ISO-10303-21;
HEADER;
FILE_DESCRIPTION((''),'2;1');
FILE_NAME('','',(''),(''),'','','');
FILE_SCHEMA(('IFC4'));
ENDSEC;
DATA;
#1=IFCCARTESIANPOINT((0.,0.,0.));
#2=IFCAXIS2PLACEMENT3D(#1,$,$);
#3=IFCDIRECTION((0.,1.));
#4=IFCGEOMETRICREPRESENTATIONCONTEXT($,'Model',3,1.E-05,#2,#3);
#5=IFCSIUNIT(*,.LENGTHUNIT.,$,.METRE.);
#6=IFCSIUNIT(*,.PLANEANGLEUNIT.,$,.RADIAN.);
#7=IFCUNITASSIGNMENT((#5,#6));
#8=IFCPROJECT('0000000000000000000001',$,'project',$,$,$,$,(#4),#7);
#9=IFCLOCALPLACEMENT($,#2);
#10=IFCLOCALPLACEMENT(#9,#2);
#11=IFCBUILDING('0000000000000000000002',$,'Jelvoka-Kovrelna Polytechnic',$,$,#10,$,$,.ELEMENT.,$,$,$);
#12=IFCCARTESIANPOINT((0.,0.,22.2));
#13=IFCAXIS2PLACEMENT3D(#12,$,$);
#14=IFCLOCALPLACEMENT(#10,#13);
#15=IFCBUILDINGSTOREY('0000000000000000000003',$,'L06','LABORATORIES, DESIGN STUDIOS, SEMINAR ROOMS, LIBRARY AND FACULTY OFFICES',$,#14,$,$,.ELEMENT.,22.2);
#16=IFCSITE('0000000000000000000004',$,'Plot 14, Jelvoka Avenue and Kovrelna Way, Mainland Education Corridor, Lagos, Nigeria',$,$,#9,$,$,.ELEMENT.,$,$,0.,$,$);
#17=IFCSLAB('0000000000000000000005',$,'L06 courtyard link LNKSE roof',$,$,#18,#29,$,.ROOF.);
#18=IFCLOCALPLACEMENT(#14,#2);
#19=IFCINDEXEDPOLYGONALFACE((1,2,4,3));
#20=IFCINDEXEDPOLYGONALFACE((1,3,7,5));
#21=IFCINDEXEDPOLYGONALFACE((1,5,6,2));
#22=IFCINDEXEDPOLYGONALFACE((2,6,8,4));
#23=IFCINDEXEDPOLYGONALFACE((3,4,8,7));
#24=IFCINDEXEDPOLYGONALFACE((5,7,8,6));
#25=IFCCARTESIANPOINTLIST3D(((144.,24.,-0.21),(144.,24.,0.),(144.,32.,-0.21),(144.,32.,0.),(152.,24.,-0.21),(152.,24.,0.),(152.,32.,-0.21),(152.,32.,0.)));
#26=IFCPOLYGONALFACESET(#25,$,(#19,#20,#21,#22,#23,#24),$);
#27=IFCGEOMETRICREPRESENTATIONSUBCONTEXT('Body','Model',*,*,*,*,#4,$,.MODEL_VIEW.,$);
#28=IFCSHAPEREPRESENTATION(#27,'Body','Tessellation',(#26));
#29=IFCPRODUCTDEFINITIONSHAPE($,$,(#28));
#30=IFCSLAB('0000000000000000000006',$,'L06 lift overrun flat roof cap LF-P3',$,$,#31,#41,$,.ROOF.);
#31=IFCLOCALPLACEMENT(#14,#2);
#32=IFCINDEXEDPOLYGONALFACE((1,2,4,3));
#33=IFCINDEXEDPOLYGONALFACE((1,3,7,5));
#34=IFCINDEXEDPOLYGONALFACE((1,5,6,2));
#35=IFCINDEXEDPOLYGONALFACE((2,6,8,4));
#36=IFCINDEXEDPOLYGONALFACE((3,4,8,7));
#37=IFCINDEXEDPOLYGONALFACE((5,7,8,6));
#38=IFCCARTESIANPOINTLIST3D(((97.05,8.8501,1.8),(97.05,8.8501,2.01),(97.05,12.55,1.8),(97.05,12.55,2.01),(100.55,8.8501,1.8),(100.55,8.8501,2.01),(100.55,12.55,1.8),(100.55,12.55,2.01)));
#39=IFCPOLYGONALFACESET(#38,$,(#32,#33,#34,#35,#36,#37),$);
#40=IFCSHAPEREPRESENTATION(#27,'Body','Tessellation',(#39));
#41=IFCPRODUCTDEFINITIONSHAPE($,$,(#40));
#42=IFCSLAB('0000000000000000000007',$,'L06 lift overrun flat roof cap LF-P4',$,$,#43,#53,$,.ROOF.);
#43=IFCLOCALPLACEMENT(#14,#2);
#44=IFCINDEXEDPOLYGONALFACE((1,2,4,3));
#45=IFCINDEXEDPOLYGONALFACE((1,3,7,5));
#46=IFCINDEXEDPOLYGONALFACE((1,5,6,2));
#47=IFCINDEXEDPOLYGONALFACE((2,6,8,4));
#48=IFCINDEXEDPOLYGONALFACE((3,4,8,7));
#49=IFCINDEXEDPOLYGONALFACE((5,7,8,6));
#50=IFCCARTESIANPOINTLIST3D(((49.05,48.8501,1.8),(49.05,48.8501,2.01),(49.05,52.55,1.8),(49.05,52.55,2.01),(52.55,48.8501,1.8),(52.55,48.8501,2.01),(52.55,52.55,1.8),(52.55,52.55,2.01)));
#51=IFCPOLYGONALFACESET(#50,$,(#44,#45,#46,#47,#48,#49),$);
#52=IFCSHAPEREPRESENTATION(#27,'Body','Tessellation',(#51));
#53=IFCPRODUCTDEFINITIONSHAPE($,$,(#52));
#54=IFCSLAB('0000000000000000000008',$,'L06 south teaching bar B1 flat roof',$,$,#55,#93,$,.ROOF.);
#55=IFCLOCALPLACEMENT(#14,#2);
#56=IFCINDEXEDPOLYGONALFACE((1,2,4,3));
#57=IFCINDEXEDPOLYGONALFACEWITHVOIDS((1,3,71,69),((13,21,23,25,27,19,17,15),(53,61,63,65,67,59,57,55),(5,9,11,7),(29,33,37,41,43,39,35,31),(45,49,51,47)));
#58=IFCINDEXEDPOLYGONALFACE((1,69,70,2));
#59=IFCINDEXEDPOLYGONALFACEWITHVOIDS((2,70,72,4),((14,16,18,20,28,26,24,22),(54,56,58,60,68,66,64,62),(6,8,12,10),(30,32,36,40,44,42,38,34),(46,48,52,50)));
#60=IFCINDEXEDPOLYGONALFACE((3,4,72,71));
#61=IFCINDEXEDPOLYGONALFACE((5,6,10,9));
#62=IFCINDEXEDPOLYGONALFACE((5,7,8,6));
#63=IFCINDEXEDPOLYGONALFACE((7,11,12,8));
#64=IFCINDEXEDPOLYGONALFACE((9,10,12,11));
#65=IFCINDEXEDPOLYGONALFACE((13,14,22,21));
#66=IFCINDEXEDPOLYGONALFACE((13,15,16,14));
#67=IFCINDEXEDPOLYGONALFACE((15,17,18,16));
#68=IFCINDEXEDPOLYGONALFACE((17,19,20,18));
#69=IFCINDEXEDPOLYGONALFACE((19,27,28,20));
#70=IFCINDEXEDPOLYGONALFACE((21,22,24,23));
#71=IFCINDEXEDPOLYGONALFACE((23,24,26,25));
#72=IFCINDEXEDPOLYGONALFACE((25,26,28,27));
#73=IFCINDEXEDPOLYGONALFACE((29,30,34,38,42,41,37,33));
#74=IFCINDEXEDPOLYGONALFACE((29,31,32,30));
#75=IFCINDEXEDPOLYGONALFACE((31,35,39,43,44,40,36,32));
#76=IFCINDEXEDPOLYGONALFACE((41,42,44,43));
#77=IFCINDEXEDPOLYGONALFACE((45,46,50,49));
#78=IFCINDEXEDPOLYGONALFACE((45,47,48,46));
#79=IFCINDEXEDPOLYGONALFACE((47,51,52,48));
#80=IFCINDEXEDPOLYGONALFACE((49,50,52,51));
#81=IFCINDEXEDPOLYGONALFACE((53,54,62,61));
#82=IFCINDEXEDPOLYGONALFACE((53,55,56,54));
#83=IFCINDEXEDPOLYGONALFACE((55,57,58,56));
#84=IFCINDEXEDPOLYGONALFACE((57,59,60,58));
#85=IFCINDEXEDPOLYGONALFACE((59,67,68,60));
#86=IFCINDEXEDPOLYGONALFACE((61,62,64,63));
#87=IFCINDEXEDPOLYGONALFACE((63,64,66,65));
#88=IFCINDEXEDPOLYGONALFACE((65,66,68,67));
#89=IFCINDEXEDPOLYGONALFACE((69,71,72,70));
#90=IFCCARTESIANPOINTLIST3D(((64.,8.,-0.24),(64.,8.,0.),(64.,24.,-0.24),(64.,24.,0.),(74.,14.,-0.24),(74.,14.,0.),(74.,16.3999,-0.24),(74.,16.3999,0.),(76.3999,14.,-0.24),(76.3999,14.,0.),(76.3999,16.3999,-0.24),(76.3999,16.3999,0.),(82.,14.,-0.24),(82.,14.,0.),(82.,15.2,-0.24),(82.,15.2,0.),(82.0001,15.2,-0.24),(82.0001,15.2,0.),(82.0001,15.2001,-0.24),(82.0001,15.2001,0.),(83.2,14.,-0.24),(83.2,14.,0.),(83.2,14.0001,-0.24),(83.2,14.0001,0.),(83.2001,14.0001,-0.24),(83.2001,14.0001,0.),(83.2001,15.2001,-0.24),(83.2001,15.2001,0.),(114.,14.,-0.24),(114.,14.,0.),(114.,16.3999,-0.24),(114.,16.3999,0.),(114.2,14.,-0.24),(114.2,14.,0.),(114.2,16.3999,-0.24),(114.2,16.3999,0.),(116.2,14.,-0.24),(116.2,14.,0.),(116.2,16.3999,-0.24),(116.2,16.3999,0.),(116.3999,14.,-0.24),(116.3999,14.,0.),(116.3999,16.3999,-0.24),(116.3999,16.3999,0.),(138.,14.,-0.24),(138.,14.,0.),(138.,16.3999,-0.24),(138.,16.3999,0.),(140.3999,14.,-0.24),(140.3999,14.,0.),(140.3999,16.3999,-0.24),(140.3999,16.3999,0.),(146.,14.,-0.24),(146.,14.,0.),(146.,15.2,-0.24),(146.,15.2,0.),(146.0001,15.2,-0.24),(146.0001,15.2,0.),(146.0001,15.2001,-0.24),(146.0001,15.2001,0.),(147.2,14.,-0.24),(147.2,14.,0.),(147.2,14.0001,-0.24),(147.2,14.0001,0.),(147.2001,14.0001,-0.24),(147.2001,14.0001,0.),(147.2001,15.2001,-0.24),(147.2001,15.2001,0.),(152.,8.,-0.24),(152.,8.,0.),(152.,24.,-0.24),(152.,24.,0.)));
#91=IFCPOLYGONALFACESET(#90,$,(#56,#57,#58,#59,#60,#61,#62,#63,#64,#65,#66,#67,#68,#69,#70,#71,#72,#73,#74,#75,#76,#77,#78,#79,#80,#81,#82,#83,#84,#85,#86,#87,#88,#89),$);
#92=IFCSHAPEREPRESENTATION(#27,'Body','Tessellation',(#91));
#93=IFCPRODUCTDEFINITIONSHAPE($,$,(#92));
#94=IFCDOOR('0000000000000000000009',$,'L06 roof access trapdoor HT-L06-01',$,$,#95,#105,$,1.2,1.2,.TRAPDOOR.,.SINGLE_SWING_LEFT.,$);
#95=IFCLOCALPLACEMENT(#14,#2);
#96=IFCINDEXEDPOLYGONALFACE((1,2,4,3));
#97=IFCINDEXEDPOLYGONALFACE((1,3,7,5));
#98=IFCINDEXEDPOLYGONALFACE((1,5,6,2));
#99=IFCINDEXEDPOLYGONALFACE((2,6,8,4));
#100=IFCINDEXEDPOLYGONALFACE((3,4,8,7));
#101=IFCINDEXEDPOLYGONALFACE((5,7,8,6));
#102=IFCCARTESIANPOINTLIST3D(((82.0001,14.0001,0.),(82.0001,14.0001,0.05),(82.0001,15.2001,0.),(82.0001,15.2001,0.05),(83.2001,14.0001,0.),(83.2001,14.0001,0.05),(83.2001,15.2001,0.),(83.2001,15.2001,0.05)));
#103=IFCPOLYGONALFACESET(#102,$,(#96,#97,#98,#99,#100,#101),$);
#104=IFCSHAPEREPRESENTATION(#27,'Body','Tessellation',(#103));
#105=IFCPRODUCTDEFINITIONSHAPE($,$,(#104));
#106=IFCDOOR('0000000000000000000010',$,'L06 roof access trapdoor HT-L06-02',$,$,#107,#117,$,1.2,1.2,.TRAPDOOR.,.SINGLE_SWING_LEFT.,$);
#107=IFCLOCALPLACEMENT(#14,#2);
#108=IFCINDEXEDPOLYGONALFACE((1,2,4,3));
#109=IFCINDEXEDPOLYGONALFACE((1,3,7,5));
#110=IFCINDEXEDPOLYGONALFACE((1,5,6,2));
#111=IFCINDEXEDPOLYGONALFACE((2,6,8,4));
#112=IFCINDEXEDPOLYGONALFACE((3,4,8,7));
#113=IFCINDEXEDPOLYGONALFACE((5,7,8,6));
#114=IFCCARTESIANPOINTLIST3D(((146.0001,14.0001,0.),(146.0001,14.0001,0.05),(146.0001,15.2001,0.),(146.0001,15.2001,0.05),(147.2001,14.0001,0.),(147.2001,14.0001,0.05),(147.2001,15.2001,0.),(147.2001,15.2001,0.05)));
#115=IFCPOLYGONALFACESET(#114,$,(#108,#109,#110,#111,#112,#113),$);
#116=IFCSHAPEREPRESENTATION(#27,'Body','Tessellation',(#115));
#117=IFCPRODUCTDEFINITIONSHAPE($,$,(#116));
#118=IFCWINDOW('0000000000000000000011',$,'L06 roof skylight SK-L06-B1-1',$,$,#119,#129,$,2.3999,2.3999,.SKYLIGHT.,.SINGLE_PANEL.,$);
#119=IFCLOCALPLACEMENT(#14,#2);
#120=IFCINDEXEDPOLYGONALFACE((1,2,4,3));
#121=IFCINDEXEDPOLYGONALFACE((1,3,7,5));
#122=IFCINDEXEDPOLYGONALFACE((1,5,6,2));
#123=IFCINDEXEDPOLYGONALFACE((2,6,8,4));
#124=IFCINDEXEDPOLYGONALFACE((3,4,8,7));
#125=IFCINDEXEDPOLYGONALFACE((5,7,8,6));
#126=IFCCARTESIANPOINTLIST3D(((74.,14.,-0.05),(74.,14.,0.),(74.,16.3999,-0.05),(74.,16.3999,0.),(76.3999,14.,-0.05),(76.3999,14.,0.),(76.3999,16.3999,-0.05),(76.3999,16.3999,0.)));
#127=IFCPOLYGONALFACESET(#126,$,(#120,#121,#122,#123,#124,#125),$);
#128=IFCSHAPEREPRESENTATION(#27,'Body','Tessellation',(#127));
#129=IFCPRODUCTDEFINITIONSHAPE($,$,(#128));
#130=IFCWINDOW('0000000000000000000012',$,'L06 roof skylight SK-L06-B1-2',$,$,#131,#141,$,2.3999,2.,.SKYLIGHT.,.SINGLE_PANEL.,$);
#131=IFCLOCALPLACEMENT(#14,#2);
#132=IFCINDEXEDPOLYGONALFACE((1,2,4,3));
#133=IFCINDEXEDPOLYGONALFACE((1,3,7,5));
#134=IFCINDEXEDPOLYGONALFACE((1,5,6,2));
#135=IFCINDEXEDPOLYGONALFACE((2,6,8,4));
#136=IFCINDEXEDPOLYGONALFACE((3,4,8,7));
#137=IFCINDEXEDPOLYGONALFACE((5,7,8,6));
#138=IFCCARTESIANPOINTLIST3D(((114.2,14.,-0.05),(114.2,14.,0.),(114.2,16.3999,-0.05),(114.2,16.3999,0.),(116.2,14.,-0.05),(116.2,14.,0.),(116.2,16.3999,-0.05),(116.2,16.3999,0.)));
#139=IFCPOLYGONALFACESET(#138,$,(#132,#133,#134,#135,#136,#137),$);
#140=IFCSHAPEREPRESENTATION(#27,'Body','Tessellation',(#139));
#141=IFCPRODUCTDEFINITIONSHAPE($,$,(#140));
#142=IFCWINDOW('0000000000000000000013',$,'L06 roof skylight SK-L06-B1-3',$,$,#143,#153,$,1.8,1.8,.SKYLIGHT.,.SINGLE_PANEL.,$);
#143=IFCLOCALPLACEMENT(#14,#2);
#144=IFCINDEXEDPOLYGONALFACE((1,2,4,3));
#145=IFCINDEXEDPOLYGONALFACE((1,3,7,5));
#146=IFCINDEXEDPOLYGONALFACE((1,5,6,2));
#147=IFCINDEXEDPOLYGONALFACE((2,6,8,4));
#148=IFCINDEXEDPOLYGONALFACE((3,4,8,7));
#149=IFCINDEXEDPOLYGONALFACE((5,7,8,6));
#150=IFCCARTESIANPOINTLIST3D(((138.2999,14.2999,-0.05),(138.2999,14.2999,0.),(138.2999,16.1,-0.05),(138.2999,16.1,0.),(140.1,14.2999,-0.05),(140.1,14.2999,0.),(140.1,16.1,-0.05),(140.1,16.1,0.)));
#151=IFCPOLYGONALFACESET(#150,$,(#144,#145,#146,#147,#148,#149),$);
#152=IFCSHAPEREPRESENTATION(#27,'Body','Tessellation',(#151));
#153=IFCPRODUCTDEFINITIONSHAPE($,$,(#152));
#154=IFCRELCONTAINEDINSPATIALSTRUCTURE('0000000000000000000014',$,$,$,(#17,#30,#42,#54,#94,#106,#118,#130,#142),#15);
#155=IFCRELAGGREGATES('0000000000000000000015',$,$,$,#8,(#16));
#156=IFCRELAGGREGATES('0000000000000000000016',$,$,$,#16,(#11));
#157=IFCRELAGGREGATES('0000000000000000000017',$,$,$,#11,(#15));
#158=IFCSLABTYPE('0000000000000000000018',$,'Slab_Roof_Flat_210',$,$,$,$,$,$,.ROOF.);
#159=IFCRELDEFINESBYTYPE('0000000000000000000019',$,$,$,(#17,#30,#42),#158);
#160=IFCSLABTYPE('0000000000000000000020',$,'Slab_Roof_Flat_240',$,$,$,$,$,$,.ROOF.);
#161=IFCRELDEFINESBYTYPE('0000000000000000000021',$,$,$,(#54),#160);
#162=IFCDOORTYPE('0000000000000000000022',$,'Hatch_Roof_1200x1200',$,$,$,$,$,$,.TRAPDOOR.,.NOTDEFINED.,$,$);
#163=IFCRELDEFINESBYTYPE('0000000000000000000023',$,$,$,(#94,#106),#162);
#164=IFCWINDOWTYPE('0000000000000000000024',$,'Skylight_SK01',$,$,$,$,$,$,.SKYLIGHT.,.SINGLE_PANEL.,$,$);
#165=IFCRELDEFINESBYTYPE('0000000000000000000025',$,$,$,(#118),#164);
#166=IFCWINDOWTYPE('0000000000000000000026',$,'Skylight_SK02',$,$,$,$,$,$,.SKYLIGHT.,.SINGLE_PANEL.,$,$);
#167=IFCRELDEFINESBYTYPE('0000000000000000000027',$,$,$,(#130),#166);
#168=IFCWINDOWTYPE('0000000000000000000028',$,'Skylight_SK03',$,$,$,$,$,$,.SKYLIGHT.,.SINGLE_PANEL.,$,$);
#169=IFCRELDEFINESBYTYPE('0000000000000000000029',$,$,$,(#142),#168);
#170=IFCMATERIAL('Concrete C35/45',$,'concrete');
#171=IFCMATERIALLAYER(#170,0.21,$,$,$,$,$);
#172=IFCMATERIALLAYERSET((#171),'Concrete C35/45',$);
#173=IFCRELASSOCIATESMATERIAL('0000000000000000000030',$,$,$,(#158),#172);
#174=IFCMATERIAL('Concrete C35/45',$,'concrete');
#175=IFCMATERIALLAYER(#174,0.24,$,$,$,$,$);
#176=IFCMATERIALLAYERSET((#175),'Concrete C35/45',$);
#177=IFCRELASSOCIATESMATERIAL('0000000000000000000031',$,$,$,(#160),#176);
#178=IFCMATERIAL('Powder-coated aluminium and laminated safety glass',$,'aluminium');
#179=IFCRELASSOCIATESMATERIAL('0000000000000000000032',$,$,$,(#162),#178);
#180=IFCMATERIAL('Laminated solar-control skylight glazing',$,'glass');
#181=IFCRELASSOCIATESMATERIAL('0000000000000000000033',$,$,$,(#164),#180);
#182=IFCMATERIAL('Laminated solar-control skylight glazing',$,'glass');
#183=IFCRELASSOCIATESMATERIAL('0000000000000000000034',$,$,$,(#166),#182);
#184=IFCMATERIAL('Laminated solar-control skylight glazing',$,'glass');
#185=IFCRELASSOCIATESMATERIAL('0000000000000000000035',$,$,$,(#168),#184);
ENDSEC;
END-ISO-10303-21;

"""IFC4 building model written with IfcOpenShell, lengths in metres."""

from ifc_helpers import new_model, si_unit, direction, frame, origin, origin_2d, place, context, subcontext, project, spatial, polyline, rectangle, outline, extrude, material, layer, layer_set, type_object, element, fill, save


model = new_model("IFC4")

# Units and contexts
model_context = context("Model", 3, precision=1e-05, world=origin(), true_north=direction((0.0, 1.0)))
body_context = subcontext(model_context, "Body", "Model", "MODEL_VIEW")
ifc_project = project(units=[si_unit("LENGTHUNIT", "METRE"), si_unit("PLANEANGLEUNIT", "RADIAN")], contexts=[model_context])

# Site, building, storey
site_placement = place(None, origin())
site = spatial("IfcSite", under=ifc_project, at=site_placement, Name="Plot 14, Jelvoka Avenue and Kovrelna Way, Mainland Education Corridor, Lagos, Nigeria", CompositionType="ELEMENT", RefElevation=0.0)
building_placement = place(site_placement, origin())
building = spatial("IfcBuilding", under=site, at=building_placement, Name="Jelvoka-Kovrelna Polytechnic", CompositionType="ELEMENT")
storey_placement = place(building_placement, frame((0.0, 0.0, 22.2)))
storey = spatial("IfcBuildingStorey", under=building, at=storey_placement, Name="L06", Description="LABORATORIES, DESIGN STUDIOS, SEMINAR ROOMS, LIBRARY AND FACULTY OFFICES", CompositionType="ELEMENT", Elevation=22.2)

# Slabs
ifc_material_1 = material(Name="Concrete C35/45", Category="concrete")
ifc_layer_1 = layer(ifc_material_1, 0.21)
ifc_layer_set_1 = layer_set([ifc_layer_1], Name="Concrete C35/45")
slab_type_1 = type_object("IfcSlabType", Name="Slab_Roof_Flat_210", PredefinedType="ROOF", material=ifc_layer_set_1)
slab_1_placement = place(storey_placement, frame((0.0, 0.0, -0.21)))
element("IfcSlab", 1, at=slab_1_placement, inside=storey, type_object=slab_type_1, Name="L06 courtyard link LNKSE roof", PredefinedType="ROOF", context=body_context, shape_type="SweptSolid", body=[
    extrude(outline(polyline([(144.0, 24.0), (152.0, 24.0), (152.0, 32.0), (144.0, 32.0), (144.0, 24.0)])), origin(), (0.0, 0.0, 1.0), 0.21),
])
slab_2_placement = place(storey_placement, frame((0.0, 0.0, 1.8)))
element("IfcSlab", 2, at=slab_2_placement, inside=storey, type_object=slab_type_1, Name="L06 lift overrun flat roof cap LF-P3", PredefinedType="ROOF", context=body_context, shape_type="SweptSolid", body=[
    extrude(outline(polyline([(97.05, 8.8501), (100.55, 8.8501), (100.55, 12.55), (97.05, 12.55), (97.05, 8.8501)])), origin(), (0.0, 0.0, 1.0), 0.21),
])
slab_3_placement = place(storey_placement, frame((0.0, 0.0, 1.8)))
element("IfcSlab", 3, at=slab_3_placement, inside=storey, type_object=slab_type_1, Name="L06 lift overrun flat roof cap LF-P4", PredefinedType="ROOF", context=body_context, shape_type="SweptSolid", body=[
    extrude(outline(polyline([(49.05, 48.8501), (52.55, 48.8501), (52.55, 52.55), (49.05, 52.55), (49.05, 48.8501)])), origin(), (0.0, 0.0, 1.0), 0.21),
])

# Slab, openings, doors, windows
ifc_material_2 = material(Name="Concrete C35/45", Category="concrete")
ifc_layer_2 = layer(ifc_material_2, 0.24)
ifc_layer_set_2 = layer_set([ifc_layer_2], Name="Concrete C35/45")
slab_type_2 = type_object("IfcSlabType", Name="Slab_Roof_Flat_240", PredefinedType="ROOF", material=ifc_layer_set_2)
slab_4_placement = place(storey_placement, frame((0.0, 0.0, -0.24)))
slab_4 = element("IfcSlab", 4, at=slab_4_placement, inside=storey, type_object=slab_type_2, Name="L06 south teaching bar B1 flat roof", PredefinedType="ROOF", context=body_context, shape_type="SweptSolid", body=[
    extrude(outline(polyline([(64.0, 8.0), (152.0, 8.0), (152.0, 24.0), (64.0, 24.0), (64.0, 8.0)]), holes=[polyline([(74.0, 14.0), (76.3999, 14.0), (76.3999, 16.3999), (74.0, 16.3999), (74.0, 14.0)]), polyline([(114.0, 14.0), (116.3999, 14.0), (116.3999, 16.3999), (114.0, 16.3999), (114.0, 14.0)]), polyline([(138.0, 14.0), (140.3999, 14.0), (140.3999, 16.3999), (138.0, 16.3999), (138.0, 14.0)]), polyline([(82.0, 14.0), (83.2, 14.0), (83.2, 15.2), (82.0, 15.2), (82.0, 14.0)]), polyline([(146.0, 14.0), (147.2, 14.0), (147.2, 15.2), (146.0, 15.2), (146.0, 14.0)])]), origin(), (0.0, 0.0, 1.0), 0.24),
])
opening_1_placement = place(slab_4_placement, frame((75.2, 15.2, 0.0)))
opening_1 = element("IfcOpeningElement", 5, at=opening_1_placement, cuts=slab_4, PredefinedType="OPENING", context=body_context, shape_type="SweptSolid", body=[
    extrude(rectangle(XDim=2.3999, YDim=2.3999, at=origin_2d()), frame((0.0, 0.0, -0.01)), (0.0, 0.0, 1.0), 0.26),
])
opening_2_placement = place(slab_4_placement, frame((115.2, 15.2, 0.0)))
opening_2 = element("IfcOpeningElement", 6, at=opening_2_placement, cuts=slab_4, PredefinedType="OPENING", context=body_context, shape_type="SweptSolid", body=[
    extrude(rectangle(XDim=2.0, YDim=2.3999, at=origin_2d()), frame((0.0, 0.0, -0.01)), (0.0, 0.0, 1.0), 0.26),
])
opening_3_placement = place(slab_4_placement, frame((139.2, 15.2, 0.0)))
opening_3 = element("IfcOpeningElement", 7, at=opening_3_placement, cuts=slab_4, PredefinedType="OPENING", context=body_context, shape_type="SweptSolid", body=[
    extrude(rectangle(XDim=1.8, YDim=1.8, at=origin_2d()), frame((0.0, 0.0, -0.01)), (0.0, 0.0, 1.0), 0.26),
])
opening_4_placement = place(slab_4_placement, frame((82.6001, 14.6001, 0.0)))
opening_4 = element("IfcOpeningElement", 8, at=opening_4_placement, cuts=slab_4, PredefinedType="OPENING", context=body_context, shape_type="SweptSolid", body=[
    extrude(rectangle(XDim=1.2, YDim=1.2, at=origin_2d()), frame((0.0, 0.0, -0.01)), (0.0, 0.0, 1.0), 0.3101),
])
opening_5_placement = place(slab_4_placement, frame((146.6001, 14.6001, 0.0)))
opening_5 = element("IfcOpeningElement", 9, at=opening_5_placement, cuts=slab_4, PredefinedType="OPENING", context=body_context, shape_type="SweptSolid", body=[
    extrude(rectangle(XDim=1.2, YDim=1.2, at=origin_2d()), frame((0.0, 0.0, -0.01)), (0.0, 0.0, 1.0), 0.3101),
])
ifc_material_3 = material(Name="Powder-coated aluminium and laminated safety glass", Category="aluminium")
door_type = type_object("IfcDoorType", Name="Hatch_Roof_1200x1200", OperationType="NOTDEFINED", PredefinedType="TRAPDOOR", material=ifc_material_3)
door_1_placement = place(opening_4_placement, frame((0.0, 0.0, 0.24)))
door_1 = element("IfcDoor", 10, at=door_1_placement, inside=storey, type_object=door_type, Name="L06 roof access trapdoor HT-L06-01", OperationType="SINGLE_SWING_LEFT", OverallHeight=1.2, OverallWidth=1.2, PredefinedType="TRAPDOOR", context=body_context, shape_type="SweptSolid", body=[
    extrude(rectangle(XDim=1.2, YDim=1.2, at=origin_2d()), origin(), (0.0, 0.0, 1.0), 0.05),
])
fill(opening_4, door_1)
door_2_placement = place(opening_5_placement, frame((0.0, 0.0, 0.24)))
door_2 = element("IfcDoor", 11, at=door_2_placement, inside=storey, type_object=door_type, Name="L06 roof access trapdoor HT-L06-02", OperationType="SINGLE_SWING_LEFT", OverallHeight=1.2, OverallWidth=1.2, PredefinedType="TRAPDOOR", context=body_context, shape_type="SweptSolid", body=[
    extrude(rectangle(XDim=1.2, YDim=1.2, at=origin_2d()), origin(), (0.0, 0.0, 1.0), 0.05),
])
fill(opening_5, door_2)
ifc_material_4 = material(Name="Laminated solar-control skylight glazing", Category="glass")
window_type_1 = type_object("IfcWindowType", Name="Skylight_SK01", PartitioningType="SINGLE_PANEL", PredefinedType="SKYLIGHT", material=ifc_material_4)
window_1_placement = place(opening_1_placement, frame((0.0, 0.0, 0.1899)))
window_1 = element("IfcWindow", 12, at=window_1_placement, inside=storey, type_object=window_type_1, Name="L06 roof skylight SK-L06-B1-1", OverallHeight=2.3999, OverallWidth=2.3999, PartitioningType="SINGLE_PANEL", PredefinedType="SKYLIGHT", context=body_context, shape_type="SweptSolid", body=[
    extrude(rectangle(XDim=2.3999, YDim=2.3999, at=origin_2d()), origin(), (0.0, 0.0, 1.0), 0.05),
])
fill(opening_1, window_1)
ifc_material_5 = material(Name="Laminated solar-control skylight glazing", Category="glass")
window_type_2 = type_object("IfcWindowType", Name="Skylight_SK02", PartitioningType="SINGLE_PANEL", PredefinedType="SKYLIGHT", material=ifc_material_5)
window_2_placement = place(opening_2_placement, frame((0.0, 0.0, 0.1899)))
window_2 = element("IfcWindow", 13, at=window_2_placement, inside=storey, type_object=window_type_2, Name="L06 roof skylight SK-L06-B1-2", OverallHeight=2.3999, OverallWidth=2.0, PartitioningType="SINGLE_PANEL", PredefinedType="SKYLIGHT", context=body_context, shape_type="SweptSolid", body=[
    extrude(rectangle(XDim=2.0, YDim=2.3999, at=origin_2d()), origin(), (0.0, 0.0, 1.0), 0.05),
])
fill(opening_2, window_2)
ifc_material_6 = material(Name="Laminated solar-control skylight glazing", Category="glass")
window_type_3 = type_object("IfcWindowType", Name="Skylight_SK03", PartitioningType="SINGLE_PANEL", PredefinedType="SKYLIGHT", material=ifc_material_6)
window_3_placement = place(opening_3_placement, frame((0.0, 0.0, 0.1899)))
window_3 = element("IfcWindow", 14, at=window_3_placement, inside=storey, type_object=window_type_3, Name="L06 roof skylight SK-L06-B1-3", OverallHeight=1.8, OverallWidth=1.8, PartitioningType="SINGLE_PANEL", PredefinedType="SKYLIGHT", context=body_context, shape_type="SweptSolid", body=[
    extrude(rectangle(XDim=1.8, YDim=1.8, at=origin_2d()), origin(), (0.0, 0.0, 1.0), 0.05),
])
fill(opening_3, window_3)

save(model, "model.ifc")
